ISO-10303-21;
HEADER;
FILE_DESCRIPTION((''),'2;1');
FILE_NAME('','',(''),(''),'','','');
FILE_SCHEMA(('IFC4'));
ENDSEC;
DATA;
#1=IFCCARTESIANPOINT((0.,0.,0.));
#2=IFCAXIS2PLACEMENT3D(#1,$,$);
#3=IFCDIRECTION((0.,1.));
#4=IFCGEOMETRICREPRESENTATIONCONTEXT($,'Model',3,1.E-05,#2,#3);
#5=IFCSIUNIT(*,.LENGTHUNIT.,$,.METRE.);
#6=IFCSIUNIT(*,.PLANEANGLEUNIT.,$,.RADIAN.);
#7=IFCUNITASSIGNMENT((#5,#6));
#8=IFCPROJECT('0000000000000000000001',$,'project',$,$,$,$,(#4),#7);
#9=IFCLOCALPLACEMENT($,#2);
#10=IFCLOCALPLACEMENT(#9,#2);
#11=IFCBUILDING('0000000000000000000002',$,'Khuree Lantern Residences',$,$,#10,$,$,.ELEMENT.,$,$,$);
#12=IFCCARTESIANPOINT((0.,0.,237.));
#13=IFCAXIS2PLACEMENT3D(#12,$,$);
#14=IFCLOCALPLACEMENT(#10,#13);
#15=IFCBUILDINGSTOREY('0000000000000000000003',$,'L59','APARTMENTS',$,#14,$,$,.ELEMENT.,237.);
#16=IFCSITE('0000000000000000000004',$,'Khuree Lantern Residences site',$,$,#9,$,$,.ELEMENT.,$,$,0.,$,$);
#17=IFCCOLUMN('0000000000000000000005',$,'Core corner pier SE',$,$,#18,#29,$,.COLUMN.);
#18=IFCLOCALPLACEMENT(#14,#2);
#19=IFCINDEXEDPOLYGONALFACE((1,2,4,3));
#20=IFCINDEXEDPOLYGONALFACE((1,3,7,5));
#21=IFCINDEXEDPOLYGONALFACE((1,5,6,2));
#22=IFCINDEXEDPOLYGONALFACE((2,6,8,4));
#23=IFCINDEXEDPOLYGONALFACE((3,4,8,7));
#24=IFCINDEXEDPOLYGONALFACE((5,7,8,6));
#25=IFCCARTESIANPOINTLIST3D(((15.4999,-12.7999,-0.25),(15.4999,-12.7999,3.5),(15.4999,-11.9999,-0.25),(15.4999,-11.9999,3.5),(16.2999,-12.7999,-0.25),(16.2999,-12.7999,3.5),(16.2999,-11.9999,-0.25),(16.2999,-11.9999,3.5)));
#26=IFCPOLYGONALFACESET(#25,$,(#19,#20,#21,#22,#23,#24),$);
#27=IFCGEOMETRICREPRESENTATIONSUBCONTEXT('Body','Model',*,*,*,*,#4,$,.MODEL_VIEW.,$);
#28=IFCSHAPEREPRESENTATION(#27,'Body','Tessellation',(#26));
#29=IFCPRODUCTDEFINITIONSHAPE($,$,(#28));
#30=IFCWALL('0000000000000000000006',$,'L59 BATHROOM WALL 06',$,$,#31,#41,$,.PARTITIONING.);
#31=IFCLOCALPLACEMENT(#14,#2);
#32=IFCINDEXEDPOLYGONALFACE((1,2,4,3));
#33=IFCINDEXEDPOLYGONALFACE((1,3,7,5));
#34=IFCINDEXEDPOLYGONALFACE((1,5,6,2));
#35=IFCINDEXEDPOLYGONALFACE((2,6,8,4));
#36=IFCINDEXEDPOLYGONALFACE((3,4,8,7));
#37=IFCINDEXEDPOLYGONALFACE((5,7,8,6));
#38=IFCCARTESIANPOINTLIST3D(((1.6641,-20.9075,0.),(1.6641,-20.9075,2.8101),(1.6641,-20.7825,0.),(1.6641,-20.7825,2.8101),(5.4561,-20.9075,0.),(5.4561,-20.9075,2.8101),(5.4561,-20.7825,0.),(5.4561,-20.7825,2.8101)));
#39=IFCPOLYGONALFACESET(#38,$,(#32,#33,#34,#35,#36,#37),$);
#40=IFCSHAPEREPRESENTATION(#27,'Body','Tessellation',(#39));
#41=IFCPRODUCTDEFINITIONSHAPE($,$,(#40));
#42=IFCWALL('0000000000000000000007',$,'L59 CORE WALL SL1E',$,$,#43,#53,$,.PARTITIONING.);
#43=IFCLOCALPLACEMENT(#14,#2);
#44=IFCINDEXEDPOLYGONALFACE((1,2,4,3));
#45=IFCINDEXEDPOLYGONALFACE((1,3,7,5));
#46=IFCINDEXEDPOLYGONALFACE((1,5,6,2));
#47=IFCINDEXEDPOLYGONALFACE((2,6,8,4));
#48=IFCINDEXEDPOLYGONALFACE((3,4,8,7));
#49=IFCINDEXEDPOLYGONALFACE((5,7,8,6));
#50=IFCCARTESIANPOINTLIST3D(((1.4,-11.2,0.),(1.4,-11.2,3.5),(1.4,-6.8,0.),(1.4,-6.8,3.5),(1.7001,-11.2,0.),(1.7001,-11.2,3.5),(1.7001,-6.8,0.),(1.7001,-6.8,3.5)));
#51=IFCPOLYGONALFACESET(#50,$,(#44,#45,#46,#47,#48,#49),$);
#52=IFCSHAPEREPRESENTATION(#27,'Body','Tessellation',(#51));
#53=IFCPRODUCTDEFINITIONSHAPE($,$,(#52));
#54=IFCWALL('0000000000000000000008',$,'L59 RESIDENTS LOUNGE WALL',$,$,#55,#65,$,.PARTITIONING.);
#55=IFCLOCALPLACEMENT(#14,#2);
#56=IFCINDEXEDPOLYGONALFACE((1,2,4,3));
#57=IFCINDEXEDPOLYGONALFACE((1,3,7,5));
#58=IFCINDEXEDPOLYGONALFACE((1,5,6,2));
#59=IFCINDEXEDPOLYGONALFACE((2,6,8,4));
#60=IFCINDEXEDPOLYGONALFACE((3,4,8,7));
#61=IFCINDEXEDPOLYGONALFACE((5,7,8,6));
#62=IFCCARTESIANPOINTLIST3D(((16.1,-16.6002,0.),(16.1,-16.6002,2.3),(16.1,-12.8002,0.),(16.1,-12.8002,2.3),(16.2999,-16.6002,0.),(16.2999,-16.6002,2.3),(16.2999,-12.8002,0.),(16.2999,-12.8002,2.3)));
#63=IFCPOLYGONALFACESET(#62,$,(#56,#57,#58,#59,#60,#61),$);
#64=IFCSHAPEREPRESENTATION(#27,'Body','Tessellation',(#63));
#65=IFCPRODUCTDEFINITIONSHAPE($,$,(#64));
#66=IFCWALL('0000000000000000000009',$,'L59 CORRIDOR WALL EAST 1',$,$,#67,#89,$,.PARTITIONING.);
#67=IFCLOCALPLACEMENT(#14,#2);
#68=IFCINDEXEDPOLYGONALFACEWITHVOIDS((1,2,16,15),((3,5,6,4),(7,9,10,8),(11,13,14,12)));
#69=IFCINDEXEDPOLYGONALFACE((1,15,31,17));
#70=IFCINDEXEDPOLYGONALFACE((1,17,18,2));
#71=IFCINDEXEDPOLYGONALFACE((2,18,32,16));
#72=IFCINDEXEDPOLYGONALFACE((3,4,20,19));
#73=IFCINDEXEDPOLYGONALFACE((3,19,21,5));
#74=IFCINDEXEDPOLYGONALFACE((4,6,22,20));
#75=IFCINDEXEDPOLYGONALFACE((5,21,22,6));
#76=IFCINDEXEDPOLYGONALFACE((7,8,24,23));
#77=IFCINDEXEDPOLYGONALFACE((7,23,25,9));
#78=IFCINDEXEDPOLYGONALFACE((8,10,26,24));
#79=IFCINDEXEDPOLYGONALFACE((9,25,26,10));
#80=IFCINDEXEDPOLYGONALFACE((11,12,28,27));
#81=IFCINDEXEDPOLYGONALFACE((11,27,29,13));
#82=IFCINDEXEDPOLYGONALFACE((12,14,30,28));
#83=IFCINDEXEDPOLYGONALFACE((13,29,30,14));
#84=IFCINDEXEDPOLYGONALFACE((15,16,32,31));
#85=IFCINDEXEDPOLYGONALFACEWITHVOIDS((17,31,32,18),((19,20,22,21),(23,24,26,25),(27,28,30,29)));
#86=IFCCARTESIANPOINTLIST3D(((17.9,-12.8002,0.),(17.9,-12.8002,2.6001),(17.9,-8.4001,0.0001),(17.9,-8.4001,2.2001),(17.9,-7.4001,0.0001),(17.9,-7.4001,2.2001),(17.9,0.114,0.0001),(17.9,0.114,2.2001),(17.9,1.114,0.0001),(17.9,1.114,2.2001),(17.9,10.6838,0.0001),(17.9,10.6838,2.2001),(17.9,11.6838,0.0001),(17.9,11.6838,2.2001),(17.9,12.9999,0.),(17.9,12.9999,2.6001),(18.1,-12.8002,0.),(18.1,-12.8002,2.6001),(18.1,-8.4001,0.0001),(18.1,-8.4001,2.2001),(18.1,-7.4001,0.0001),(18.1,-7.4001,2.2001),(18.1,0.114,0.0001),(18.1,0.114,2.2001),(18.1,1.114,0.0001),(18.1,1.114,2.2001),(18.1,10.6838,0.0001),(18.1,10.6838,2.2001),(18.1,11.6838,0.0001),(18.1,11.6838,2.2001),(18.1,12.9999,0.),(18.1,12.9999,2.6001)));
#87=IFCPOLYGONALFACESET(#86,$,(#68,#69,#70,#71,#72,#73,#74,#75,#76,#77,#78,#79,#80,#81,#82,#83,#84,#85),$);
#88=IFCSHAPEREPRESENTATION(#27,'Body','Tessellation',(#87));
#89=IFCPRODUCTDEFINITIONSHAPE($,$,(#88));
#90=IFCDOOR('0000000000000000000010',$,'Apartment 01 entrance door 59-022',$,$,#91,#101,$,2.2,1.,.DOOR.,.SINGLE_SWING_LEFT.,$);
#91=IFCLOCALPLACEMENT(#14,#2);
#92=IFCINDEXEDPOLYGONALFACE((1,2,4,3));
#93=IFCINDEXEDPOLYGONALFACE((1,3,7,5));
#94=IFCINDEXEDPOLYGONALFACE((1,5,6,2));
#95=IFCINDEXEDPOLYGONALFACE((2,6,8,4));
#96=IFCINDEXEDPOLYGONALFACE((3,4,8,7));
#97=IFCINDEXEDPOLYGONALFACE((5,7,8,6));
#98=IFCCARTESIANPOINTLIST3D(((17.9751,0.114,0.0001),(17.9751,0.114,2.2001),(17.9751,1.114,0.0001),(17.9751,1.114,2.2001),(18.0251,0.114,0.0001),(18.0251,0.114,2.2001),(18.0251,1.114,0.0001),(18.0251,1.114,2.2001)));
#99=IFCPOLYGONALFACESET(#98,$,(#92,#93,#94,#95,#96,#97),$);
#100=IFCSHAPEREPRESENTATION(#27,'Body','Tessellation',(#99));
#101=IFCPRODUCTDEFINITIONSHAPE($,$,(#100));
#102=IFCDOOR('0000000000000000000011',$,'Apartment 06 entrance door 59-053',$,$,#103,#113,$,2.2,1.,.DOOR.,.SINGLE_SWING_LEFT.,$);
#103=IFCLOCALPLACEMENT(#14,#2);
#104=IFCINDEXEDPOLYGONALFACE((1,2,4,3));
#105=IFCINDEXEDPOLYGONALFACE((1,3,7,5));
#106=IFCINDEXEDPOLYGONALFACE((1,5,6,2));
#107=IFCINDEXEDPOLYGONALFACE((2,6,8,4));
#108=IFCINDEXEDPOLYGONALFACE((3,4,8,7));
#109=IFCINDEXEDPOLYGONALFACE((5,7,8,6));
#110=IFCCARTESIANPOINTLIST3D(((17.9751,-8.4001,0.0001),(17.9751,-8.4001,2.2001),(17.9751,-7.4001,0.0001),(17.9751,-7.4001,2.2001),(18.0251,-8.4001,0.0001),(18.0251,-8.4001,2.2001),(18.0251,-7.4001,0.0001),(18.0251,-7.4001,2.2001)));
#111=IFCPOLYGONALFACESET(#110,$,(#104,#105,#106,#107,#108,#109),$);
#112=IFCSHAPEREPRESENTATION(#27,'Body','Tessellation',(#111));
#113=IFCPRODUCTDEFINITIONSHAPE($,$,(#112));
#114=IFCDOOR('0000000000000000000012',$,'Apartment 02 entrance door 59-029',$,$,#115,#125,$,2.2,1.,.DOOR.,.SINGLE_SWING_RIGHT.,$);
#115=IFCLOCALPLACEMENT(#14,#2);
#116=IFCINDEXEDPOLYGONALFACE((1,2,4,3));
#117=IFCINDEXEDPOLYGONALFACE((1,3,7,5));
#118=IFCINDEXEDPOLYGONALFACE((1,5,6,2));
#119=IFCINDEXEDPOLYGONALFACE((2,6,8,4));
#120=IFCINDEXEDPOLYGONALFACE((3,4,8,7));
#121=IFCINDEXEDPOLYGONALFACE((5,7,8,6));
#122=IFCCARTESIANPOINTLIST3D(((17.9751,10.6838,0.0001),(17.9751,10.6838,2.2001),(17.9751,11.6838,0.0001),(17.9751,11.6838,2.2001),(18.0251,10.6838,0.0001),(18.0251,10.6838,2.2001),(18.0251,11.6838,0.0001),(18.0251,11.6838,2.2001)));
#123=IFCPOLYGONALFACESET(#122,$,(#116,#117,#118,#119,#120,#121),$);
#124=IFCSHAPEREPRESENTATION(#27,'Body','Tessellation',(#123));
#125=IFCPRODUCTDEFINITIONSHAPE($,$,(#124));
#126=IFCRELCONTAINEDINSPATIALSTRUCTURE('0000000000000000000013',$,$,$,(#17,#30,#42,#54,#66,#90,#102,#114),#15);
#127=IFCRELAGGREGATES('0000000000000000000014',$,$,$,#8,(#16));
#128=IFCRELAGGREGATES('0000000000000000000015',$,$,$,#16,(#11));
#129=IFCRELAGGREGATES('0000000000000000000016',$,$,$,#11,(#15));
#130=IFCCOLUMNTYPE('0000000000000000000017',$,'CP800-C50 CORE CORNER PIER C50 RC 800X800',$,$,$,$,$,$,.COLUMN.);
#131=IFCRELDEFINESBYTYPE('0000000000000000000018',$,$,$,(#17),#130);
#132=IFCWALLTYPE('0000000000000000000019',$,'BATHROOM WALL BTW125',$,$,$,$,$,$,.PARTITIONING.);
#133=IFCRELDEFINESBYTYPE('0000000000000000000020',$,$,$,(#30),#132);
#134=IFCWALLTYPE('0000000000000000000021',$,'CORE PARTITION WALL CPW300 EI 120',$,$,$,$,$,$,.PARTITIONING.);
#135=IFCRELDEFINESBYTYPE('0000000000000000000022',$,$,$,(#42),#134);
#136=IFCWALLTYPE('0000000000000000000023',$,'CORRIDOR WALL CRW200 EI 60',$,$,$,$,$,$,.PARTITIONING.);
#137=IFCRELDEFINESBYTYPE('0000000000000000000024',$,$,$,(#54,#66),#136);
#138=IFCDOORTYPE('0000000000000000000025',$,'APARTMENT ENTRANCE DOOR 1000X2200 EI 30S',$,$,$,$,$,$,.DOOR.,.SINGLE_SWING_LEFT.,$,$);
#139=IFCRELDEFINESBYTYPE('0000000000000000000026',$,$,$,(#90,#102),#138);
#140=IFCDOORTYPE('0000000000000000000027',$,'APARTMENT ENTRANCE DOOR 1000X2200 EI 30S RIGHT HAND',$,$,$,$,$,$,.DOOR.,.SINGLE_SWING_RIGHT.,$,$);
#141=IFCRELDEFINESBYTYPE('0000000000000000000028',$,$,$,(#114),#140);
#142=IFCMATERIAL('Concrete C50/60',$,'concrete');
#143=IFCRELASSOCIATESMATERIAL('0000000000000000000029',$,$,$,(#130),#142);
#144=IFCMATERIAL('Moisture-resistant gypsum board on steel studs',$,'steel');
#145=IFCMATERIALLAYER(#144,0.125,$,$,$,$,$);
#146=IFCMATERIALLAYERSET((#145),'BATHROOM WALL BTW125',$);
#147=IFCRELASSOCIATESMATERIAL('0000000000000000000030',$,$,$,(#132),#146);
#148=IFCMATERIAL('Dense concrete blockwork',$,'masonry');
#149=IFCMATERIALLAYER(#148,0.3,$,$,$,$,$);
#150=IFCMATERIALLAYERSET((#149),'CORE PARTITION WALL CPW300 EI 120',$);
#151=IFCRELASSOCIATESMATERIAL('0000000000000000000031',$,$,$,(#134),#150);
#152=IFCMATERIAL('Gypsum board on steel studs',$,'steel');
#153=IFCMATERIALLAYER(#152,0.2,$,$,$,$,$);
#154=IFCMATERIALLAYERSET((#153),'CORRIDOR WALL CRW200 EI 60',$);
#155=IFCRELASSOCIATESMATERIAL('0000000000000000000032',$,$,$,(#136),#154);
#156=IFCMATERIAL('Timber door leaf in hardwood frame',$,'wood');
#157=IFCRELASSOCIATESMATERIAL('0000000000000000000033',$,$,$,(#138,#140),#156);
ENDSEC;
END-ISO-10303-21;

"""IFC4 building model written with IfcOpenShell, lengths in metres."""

from ifc_helpers import new_model, si_unit, direction, frame, frame_2d, origin, origin_2d, place, context, subcontext, project, spatial, rectangle, extrude, material, layer, layer_set, material_profile, profile_set, type_object, element, fill, save


model = new_model("IFC4")

# Units and contexts
model_context = context("Model", 3, precision=1e-05, world=origin(), true_north=direction((0.0, 1.0)))
body_context = subcontext(model_context, "Body", "Model", "MODEL_VIEW")
ifc_project = project(units=[si_unit("LENGTHUNIT", "METRE"), si_unit("PLANEANGLEUNIT", "RADIAN")], contexts=[model_context])

# Site, building, storey
site_placement = place(None, origin())
site = spatial("IfcSite", under=ifc_project, at=site_placement, Name="Khuree Lantern Residences site", CompositionType="ELEMENT", RefElevation=0.0)
building_placement = place(site_placement, origin())
building = spatial("IfcBuilding", under=site, at=building_placement, Name="Khuree Lantern Residences", CompositionType="ELEMENT")
storey_placement = place(building_placement, frame((0.0, 0.0, 237.0)))
storey = spatial("IfcBuildingStorey", under=building, at=storey_placement, Name="L59", Description="APARTMENTS", CompositionType="ELEMENT", Elevation=237.0)

# Column
ifc_material_1 = material(Name="Concrete C50/60", Category="concrete")
ifc_material_profile = material_profile(ifc_material_1, rectangle(XDim=0.8, YDim=0.8, at=origin_2d()), Name="RC 800X800")
ifc_profile_set = profile_set([ifc_material_profile], Name="Concrete C50/60")
column_type = type_object("IfcColumnType", Name="CP800-C50 CORE CORNER PIER C50 RC 800X800", PredefinedType="COLUMN", material=ifc_profile_set)
column_placement = place(storey_placement, frame((15.8999, -12.3999, -0.25), z_axis=(0.0, 0.0, 1.0), x_axis=(1.0, 0.0, 0.0)))
element("IfcColumn", 1, at=column_placement, inside=storey, type_object=column_type, Name="Core corner pier SE", PredefinedType="COLUMN", context=body_context, shape_type="SweptSolid", body=[
    extrude(rectangle(XDim=0.8, YDim=0.8, at=origin_2d()), origin(), (0.0, 0.0, 1.0), 3.75),
])

# Walls
ifc_material_2 = material(Name="Moisture-resistant gypsum board on steel studs", Category="steel")
ifc_layer_1 = layer(ifc_material_2, 0.125)
ifc_layer_set_1 = layer_set([ifc_layer_1], Name="BATHROOM WALL BTW125")
wall_type_1 = type_object("IfcWallType", Name="BATHROOM WALL BTW125", PredefinedType="PARTITIONING", material=ifc_layer_set_1)
wall_1_placement = place(storey_placement, frame((1.6641, -20.845, 0.0), z_axis=(0.0, 0.0, 1.0), x_axis=(1.0, 0.0, 0.0)))
element("IfcWall", 2, at=wall_1_placement, inside=storey, type_object=wall_type_1, Name="L59 BATHROOM WALL 06", PredefinedType="PARTITIONING", context=body_context, shape_type="SweptSolid", body=[
    extrude(rectangle(XDim=3.792, YDim=0.125, at=frame_2d((1.896, 0.0))), origin(), (0.0, 0.0, 1.0), 2.8101),
])
ifc_material_3 = material(Name="Dense concrete blockwork", Category="masonry")
ifc_layer_2 = layer(ifc_material_3, 0.3)
ifc_layer_set_2 = layer_set([ifc_layer_2], Name="CORE PARTITION WALL CPW300 EI 120")
wall_type_2 = type_object("IfcWallType", Name="CORE PARTITION WALL CPW300 EI 120", PredefinedType="PARTITIONING", material=ifc_layer_set_2)
wall_2_placement = place(storey_placement, frame((1.55, -11.2, 0.0), z_axis=(0.0, 0.0, 1.0), x_axis=(0.0, 1.0, 0.0)))
element("IfcWall", 3, at=wall_2_placement, inside=storey, type_object=wall_type_2, Name="L59 CORE WALL SL1E", PredefinedType="PARTITIONING", context=body_context, shape_type="SweptSolid", body=[
    extrude(rectangle(XDim=4.3999, YDim=0.3, at=frame_2d((2.2, 0.0))), origin(), (0.0, 0.0, 1.0), 3.5),
])
ifc_material_4 = material(Name="Gypsum board on steel studs", Category="steel")
ifc_layer_3 = layer(ifc_material_4, 0.2)
ifc_layer_set_3 = layer_set([ifc_layer_3], Name="CORRIDOR WALL CRW200 EI 60")
wall_type_3 = type_object("IfcWallType", Name="CORRIDOR WALL CRW200 EI 60", PredefinedType="PARTITIONING", material=ifc_layer_set_3)
wall_3_placement = place(storey_placement, frame((16.2, -16.6001, 0.0), z_axis=(0.0, 0.0, 1.0), x_axis=(0.0, 1.0, 0.0)))
element("IfcWall", 4, at=wall_3_placement, inside=storey, type_object=wall_type_3, Name="L59 RESIDENTS LOUNGE WALL", PredefinedType="PARTITIONING", context=body_context, shape_type="SweptSolid", body=[
    extrude(rectangle(XDim=3.8, YDim=0.2, at=frame_2d((1.8999, 0.0))), origin(), (0.0, 0.0, 1.0), 2.3),
])

# Wall, openings, doors
wall_4_placement = place(storey_placement, frame((18.0, -12.8, 0.0), z_axis=(0.0, 0.0, 1.0), x_axis=(0.0, 1.0, 0.0)))
wall_4 = element("IfcWall", 5, at=wall_4_placement, inside=storey, type_object=wall_type_3, Name="L59 CORRIDOR WALL EAST 1", PredefinedType="PARTITIONING", context=body_context, shape_type="SweptSolid", body=[
    extrude(rectangle(XDim=25.8, YDim=0.2, at=frame_2d((12.8999, 0.0))), origin(), (0.0, 0.0, 1.0), 2.6001),
])
opening_1_placement = place(wall_4_placement, frame((12.9141, 0.0, 0.0)))
opening_1 = element("IfcOpeningElement", 6, at=opening_1_placement, cuts=wall_4, PredefinedType="OPENING", context=body_context, shape_type="SweptSolid", body=[
    extrude(rectangle(XDim=1.0, YDim=2.2, at=frame_2d((0.5, 1.1001))), frame((0.0, 0.1099, 0.0), z_axis=(0.0, -1.0, 0.0), x_axis=(1.0, 0.0, 0.0)), (0.0, 0.0, 1.0), 0.22),
])
opening_2_placement = place(wall_4_placement, frame((23.4839, 0.0, 0.0)))
opening_2 = element("IfcOpeningElement", 7, at=opening_2_placement, cuts=wall_4, PredefinedType="OPENING", context=body_context, shape_type="SweptSolid", body=[
    extrude(rectangle(XDim=1.0, YDim=2.2, at=frame_2d((0.5, 1.1001))), frame((0.0, 0.1099, 0.0), z_axis=(0.0, -1.0, 0.0), x_axis=(1.0, 0.0, 0.0)), (0.0, 0.0, 1.0), 0.22),
])
opening_3_placement = place(wall_4_placement, frame((4.3999, 0.0, 0.0)))
opening_3 = element("IfcOpeningElement", 8, at=opening_3_placement, cuts=wall_4, PredefinedType="OPENING", context=body_context, shape_type="SweptSolid", body=[
    extrude(rectangle(XDim=1.0, YDim=2.2, at=frame_2d((0.5, 1.1001))), frame((0.0, 0.1099, 0.0), z_axis=(0.0, -1.0, 0.0), x_axis=(1.0, 0.0, 0.0)), (0.0, 0.0, 1.0), 0.22),
])
ifc_material_5 = material(Name="Timber door leaf in hardwood frame", Category="wood")
door_type_1 = type_object("IfcDoorType", Name="APARTMENT ENTRANCE DOOR 1000X2200 EI 30S", OperationType="SINGLE_SWING_LEFT", PredefinedType="DOOR", material=ifc_material_5)
door_1_placement = place(opening_1_placement, origin())
door_1 = element("IfcDoor", 9, at=door_1_placement, inside=storey, type_object=door_type_1, Name="Apartment 01 entrance door 59-022", OperationType="SINGLE_SWING_LEFT", OverallHeight=2.2, OverallWidth=1.0, PredefinedType="DOOR", context=body_context, shape_type="SweptSolid", body=[
    extrude(rectangle(XDim=1.0, YDim=2.2, at=frame_2d((0.5, 1.1001))), frame((0.0, 0.0249, 0.0), z_axis=(0.0, -1.0, 0.0), x_axis=(1.0, 0.0, 0.0)), (0.0, 0.0, 1.0), 0.05),
])
fill(opening_1, door_1)
door_2_placement = place(opening_3_placement, origin())
door_2 = element("IfcDoor", 10, at=door_2_placement, inside=storey, type_object=door_type_1, Name="Apartment 06 entrance door 59-053", OperationType="SINGLE_SWING_LEFT", OverallHeight=2.2, OverallWidth=1.0, PredefinedType="DOOR", context=body_context, shape_type="SweptSolid", body=[
    extrude(rectangle(XDim=1.0, YDim=2.2, at=frame_2d((0.5, 1.1001))), frame((0.0, 0.0249, 0.0), z_axis=(0.0, -1.0, 0.0), x_axis=(1.0, 0.0, 0.0)), (0.0, 0.0, 1.0), 0.05),
])
fill(opening_3, door_2)
door_type_2 = type_object("IfcDoorType", Name="APARTMENT ENTRANCE DOOR 1000X2200 EI 30S RIGHT HAND", OperationType="SINGLE_SWING_RIGHT", PredefinedType="DOOR", material=ifc_material_5)
door_3_placement = place(opening_2_placement, origin())
door_3 = element("IfcDoor", 11, at=door_3_placement, inside=storey, type_object=door_type_2, Name="Apartment 02 entrance door 59-029", OperationType="SINGLE_SWING_RIGHT", OverallHeight=2.2, OverallWidth=1.0, PredefinedType="DOOR", context=body_context, shape_type="SweptSolid", body=[
    extrude(rectangle(XDim=1.0, YDim=2.2, at=frame_2d((0.5, 1.1001))), frame((0.0, 0.0249, 0.0), z_axis=(0.0, -1.0, 0.0), x_axis=(1.0, 0.0, 0.0)), (0.0, 0.0, 1.0), 0.05),
])
fill(opening_2, door_3)

save(model, "model.ifc")
